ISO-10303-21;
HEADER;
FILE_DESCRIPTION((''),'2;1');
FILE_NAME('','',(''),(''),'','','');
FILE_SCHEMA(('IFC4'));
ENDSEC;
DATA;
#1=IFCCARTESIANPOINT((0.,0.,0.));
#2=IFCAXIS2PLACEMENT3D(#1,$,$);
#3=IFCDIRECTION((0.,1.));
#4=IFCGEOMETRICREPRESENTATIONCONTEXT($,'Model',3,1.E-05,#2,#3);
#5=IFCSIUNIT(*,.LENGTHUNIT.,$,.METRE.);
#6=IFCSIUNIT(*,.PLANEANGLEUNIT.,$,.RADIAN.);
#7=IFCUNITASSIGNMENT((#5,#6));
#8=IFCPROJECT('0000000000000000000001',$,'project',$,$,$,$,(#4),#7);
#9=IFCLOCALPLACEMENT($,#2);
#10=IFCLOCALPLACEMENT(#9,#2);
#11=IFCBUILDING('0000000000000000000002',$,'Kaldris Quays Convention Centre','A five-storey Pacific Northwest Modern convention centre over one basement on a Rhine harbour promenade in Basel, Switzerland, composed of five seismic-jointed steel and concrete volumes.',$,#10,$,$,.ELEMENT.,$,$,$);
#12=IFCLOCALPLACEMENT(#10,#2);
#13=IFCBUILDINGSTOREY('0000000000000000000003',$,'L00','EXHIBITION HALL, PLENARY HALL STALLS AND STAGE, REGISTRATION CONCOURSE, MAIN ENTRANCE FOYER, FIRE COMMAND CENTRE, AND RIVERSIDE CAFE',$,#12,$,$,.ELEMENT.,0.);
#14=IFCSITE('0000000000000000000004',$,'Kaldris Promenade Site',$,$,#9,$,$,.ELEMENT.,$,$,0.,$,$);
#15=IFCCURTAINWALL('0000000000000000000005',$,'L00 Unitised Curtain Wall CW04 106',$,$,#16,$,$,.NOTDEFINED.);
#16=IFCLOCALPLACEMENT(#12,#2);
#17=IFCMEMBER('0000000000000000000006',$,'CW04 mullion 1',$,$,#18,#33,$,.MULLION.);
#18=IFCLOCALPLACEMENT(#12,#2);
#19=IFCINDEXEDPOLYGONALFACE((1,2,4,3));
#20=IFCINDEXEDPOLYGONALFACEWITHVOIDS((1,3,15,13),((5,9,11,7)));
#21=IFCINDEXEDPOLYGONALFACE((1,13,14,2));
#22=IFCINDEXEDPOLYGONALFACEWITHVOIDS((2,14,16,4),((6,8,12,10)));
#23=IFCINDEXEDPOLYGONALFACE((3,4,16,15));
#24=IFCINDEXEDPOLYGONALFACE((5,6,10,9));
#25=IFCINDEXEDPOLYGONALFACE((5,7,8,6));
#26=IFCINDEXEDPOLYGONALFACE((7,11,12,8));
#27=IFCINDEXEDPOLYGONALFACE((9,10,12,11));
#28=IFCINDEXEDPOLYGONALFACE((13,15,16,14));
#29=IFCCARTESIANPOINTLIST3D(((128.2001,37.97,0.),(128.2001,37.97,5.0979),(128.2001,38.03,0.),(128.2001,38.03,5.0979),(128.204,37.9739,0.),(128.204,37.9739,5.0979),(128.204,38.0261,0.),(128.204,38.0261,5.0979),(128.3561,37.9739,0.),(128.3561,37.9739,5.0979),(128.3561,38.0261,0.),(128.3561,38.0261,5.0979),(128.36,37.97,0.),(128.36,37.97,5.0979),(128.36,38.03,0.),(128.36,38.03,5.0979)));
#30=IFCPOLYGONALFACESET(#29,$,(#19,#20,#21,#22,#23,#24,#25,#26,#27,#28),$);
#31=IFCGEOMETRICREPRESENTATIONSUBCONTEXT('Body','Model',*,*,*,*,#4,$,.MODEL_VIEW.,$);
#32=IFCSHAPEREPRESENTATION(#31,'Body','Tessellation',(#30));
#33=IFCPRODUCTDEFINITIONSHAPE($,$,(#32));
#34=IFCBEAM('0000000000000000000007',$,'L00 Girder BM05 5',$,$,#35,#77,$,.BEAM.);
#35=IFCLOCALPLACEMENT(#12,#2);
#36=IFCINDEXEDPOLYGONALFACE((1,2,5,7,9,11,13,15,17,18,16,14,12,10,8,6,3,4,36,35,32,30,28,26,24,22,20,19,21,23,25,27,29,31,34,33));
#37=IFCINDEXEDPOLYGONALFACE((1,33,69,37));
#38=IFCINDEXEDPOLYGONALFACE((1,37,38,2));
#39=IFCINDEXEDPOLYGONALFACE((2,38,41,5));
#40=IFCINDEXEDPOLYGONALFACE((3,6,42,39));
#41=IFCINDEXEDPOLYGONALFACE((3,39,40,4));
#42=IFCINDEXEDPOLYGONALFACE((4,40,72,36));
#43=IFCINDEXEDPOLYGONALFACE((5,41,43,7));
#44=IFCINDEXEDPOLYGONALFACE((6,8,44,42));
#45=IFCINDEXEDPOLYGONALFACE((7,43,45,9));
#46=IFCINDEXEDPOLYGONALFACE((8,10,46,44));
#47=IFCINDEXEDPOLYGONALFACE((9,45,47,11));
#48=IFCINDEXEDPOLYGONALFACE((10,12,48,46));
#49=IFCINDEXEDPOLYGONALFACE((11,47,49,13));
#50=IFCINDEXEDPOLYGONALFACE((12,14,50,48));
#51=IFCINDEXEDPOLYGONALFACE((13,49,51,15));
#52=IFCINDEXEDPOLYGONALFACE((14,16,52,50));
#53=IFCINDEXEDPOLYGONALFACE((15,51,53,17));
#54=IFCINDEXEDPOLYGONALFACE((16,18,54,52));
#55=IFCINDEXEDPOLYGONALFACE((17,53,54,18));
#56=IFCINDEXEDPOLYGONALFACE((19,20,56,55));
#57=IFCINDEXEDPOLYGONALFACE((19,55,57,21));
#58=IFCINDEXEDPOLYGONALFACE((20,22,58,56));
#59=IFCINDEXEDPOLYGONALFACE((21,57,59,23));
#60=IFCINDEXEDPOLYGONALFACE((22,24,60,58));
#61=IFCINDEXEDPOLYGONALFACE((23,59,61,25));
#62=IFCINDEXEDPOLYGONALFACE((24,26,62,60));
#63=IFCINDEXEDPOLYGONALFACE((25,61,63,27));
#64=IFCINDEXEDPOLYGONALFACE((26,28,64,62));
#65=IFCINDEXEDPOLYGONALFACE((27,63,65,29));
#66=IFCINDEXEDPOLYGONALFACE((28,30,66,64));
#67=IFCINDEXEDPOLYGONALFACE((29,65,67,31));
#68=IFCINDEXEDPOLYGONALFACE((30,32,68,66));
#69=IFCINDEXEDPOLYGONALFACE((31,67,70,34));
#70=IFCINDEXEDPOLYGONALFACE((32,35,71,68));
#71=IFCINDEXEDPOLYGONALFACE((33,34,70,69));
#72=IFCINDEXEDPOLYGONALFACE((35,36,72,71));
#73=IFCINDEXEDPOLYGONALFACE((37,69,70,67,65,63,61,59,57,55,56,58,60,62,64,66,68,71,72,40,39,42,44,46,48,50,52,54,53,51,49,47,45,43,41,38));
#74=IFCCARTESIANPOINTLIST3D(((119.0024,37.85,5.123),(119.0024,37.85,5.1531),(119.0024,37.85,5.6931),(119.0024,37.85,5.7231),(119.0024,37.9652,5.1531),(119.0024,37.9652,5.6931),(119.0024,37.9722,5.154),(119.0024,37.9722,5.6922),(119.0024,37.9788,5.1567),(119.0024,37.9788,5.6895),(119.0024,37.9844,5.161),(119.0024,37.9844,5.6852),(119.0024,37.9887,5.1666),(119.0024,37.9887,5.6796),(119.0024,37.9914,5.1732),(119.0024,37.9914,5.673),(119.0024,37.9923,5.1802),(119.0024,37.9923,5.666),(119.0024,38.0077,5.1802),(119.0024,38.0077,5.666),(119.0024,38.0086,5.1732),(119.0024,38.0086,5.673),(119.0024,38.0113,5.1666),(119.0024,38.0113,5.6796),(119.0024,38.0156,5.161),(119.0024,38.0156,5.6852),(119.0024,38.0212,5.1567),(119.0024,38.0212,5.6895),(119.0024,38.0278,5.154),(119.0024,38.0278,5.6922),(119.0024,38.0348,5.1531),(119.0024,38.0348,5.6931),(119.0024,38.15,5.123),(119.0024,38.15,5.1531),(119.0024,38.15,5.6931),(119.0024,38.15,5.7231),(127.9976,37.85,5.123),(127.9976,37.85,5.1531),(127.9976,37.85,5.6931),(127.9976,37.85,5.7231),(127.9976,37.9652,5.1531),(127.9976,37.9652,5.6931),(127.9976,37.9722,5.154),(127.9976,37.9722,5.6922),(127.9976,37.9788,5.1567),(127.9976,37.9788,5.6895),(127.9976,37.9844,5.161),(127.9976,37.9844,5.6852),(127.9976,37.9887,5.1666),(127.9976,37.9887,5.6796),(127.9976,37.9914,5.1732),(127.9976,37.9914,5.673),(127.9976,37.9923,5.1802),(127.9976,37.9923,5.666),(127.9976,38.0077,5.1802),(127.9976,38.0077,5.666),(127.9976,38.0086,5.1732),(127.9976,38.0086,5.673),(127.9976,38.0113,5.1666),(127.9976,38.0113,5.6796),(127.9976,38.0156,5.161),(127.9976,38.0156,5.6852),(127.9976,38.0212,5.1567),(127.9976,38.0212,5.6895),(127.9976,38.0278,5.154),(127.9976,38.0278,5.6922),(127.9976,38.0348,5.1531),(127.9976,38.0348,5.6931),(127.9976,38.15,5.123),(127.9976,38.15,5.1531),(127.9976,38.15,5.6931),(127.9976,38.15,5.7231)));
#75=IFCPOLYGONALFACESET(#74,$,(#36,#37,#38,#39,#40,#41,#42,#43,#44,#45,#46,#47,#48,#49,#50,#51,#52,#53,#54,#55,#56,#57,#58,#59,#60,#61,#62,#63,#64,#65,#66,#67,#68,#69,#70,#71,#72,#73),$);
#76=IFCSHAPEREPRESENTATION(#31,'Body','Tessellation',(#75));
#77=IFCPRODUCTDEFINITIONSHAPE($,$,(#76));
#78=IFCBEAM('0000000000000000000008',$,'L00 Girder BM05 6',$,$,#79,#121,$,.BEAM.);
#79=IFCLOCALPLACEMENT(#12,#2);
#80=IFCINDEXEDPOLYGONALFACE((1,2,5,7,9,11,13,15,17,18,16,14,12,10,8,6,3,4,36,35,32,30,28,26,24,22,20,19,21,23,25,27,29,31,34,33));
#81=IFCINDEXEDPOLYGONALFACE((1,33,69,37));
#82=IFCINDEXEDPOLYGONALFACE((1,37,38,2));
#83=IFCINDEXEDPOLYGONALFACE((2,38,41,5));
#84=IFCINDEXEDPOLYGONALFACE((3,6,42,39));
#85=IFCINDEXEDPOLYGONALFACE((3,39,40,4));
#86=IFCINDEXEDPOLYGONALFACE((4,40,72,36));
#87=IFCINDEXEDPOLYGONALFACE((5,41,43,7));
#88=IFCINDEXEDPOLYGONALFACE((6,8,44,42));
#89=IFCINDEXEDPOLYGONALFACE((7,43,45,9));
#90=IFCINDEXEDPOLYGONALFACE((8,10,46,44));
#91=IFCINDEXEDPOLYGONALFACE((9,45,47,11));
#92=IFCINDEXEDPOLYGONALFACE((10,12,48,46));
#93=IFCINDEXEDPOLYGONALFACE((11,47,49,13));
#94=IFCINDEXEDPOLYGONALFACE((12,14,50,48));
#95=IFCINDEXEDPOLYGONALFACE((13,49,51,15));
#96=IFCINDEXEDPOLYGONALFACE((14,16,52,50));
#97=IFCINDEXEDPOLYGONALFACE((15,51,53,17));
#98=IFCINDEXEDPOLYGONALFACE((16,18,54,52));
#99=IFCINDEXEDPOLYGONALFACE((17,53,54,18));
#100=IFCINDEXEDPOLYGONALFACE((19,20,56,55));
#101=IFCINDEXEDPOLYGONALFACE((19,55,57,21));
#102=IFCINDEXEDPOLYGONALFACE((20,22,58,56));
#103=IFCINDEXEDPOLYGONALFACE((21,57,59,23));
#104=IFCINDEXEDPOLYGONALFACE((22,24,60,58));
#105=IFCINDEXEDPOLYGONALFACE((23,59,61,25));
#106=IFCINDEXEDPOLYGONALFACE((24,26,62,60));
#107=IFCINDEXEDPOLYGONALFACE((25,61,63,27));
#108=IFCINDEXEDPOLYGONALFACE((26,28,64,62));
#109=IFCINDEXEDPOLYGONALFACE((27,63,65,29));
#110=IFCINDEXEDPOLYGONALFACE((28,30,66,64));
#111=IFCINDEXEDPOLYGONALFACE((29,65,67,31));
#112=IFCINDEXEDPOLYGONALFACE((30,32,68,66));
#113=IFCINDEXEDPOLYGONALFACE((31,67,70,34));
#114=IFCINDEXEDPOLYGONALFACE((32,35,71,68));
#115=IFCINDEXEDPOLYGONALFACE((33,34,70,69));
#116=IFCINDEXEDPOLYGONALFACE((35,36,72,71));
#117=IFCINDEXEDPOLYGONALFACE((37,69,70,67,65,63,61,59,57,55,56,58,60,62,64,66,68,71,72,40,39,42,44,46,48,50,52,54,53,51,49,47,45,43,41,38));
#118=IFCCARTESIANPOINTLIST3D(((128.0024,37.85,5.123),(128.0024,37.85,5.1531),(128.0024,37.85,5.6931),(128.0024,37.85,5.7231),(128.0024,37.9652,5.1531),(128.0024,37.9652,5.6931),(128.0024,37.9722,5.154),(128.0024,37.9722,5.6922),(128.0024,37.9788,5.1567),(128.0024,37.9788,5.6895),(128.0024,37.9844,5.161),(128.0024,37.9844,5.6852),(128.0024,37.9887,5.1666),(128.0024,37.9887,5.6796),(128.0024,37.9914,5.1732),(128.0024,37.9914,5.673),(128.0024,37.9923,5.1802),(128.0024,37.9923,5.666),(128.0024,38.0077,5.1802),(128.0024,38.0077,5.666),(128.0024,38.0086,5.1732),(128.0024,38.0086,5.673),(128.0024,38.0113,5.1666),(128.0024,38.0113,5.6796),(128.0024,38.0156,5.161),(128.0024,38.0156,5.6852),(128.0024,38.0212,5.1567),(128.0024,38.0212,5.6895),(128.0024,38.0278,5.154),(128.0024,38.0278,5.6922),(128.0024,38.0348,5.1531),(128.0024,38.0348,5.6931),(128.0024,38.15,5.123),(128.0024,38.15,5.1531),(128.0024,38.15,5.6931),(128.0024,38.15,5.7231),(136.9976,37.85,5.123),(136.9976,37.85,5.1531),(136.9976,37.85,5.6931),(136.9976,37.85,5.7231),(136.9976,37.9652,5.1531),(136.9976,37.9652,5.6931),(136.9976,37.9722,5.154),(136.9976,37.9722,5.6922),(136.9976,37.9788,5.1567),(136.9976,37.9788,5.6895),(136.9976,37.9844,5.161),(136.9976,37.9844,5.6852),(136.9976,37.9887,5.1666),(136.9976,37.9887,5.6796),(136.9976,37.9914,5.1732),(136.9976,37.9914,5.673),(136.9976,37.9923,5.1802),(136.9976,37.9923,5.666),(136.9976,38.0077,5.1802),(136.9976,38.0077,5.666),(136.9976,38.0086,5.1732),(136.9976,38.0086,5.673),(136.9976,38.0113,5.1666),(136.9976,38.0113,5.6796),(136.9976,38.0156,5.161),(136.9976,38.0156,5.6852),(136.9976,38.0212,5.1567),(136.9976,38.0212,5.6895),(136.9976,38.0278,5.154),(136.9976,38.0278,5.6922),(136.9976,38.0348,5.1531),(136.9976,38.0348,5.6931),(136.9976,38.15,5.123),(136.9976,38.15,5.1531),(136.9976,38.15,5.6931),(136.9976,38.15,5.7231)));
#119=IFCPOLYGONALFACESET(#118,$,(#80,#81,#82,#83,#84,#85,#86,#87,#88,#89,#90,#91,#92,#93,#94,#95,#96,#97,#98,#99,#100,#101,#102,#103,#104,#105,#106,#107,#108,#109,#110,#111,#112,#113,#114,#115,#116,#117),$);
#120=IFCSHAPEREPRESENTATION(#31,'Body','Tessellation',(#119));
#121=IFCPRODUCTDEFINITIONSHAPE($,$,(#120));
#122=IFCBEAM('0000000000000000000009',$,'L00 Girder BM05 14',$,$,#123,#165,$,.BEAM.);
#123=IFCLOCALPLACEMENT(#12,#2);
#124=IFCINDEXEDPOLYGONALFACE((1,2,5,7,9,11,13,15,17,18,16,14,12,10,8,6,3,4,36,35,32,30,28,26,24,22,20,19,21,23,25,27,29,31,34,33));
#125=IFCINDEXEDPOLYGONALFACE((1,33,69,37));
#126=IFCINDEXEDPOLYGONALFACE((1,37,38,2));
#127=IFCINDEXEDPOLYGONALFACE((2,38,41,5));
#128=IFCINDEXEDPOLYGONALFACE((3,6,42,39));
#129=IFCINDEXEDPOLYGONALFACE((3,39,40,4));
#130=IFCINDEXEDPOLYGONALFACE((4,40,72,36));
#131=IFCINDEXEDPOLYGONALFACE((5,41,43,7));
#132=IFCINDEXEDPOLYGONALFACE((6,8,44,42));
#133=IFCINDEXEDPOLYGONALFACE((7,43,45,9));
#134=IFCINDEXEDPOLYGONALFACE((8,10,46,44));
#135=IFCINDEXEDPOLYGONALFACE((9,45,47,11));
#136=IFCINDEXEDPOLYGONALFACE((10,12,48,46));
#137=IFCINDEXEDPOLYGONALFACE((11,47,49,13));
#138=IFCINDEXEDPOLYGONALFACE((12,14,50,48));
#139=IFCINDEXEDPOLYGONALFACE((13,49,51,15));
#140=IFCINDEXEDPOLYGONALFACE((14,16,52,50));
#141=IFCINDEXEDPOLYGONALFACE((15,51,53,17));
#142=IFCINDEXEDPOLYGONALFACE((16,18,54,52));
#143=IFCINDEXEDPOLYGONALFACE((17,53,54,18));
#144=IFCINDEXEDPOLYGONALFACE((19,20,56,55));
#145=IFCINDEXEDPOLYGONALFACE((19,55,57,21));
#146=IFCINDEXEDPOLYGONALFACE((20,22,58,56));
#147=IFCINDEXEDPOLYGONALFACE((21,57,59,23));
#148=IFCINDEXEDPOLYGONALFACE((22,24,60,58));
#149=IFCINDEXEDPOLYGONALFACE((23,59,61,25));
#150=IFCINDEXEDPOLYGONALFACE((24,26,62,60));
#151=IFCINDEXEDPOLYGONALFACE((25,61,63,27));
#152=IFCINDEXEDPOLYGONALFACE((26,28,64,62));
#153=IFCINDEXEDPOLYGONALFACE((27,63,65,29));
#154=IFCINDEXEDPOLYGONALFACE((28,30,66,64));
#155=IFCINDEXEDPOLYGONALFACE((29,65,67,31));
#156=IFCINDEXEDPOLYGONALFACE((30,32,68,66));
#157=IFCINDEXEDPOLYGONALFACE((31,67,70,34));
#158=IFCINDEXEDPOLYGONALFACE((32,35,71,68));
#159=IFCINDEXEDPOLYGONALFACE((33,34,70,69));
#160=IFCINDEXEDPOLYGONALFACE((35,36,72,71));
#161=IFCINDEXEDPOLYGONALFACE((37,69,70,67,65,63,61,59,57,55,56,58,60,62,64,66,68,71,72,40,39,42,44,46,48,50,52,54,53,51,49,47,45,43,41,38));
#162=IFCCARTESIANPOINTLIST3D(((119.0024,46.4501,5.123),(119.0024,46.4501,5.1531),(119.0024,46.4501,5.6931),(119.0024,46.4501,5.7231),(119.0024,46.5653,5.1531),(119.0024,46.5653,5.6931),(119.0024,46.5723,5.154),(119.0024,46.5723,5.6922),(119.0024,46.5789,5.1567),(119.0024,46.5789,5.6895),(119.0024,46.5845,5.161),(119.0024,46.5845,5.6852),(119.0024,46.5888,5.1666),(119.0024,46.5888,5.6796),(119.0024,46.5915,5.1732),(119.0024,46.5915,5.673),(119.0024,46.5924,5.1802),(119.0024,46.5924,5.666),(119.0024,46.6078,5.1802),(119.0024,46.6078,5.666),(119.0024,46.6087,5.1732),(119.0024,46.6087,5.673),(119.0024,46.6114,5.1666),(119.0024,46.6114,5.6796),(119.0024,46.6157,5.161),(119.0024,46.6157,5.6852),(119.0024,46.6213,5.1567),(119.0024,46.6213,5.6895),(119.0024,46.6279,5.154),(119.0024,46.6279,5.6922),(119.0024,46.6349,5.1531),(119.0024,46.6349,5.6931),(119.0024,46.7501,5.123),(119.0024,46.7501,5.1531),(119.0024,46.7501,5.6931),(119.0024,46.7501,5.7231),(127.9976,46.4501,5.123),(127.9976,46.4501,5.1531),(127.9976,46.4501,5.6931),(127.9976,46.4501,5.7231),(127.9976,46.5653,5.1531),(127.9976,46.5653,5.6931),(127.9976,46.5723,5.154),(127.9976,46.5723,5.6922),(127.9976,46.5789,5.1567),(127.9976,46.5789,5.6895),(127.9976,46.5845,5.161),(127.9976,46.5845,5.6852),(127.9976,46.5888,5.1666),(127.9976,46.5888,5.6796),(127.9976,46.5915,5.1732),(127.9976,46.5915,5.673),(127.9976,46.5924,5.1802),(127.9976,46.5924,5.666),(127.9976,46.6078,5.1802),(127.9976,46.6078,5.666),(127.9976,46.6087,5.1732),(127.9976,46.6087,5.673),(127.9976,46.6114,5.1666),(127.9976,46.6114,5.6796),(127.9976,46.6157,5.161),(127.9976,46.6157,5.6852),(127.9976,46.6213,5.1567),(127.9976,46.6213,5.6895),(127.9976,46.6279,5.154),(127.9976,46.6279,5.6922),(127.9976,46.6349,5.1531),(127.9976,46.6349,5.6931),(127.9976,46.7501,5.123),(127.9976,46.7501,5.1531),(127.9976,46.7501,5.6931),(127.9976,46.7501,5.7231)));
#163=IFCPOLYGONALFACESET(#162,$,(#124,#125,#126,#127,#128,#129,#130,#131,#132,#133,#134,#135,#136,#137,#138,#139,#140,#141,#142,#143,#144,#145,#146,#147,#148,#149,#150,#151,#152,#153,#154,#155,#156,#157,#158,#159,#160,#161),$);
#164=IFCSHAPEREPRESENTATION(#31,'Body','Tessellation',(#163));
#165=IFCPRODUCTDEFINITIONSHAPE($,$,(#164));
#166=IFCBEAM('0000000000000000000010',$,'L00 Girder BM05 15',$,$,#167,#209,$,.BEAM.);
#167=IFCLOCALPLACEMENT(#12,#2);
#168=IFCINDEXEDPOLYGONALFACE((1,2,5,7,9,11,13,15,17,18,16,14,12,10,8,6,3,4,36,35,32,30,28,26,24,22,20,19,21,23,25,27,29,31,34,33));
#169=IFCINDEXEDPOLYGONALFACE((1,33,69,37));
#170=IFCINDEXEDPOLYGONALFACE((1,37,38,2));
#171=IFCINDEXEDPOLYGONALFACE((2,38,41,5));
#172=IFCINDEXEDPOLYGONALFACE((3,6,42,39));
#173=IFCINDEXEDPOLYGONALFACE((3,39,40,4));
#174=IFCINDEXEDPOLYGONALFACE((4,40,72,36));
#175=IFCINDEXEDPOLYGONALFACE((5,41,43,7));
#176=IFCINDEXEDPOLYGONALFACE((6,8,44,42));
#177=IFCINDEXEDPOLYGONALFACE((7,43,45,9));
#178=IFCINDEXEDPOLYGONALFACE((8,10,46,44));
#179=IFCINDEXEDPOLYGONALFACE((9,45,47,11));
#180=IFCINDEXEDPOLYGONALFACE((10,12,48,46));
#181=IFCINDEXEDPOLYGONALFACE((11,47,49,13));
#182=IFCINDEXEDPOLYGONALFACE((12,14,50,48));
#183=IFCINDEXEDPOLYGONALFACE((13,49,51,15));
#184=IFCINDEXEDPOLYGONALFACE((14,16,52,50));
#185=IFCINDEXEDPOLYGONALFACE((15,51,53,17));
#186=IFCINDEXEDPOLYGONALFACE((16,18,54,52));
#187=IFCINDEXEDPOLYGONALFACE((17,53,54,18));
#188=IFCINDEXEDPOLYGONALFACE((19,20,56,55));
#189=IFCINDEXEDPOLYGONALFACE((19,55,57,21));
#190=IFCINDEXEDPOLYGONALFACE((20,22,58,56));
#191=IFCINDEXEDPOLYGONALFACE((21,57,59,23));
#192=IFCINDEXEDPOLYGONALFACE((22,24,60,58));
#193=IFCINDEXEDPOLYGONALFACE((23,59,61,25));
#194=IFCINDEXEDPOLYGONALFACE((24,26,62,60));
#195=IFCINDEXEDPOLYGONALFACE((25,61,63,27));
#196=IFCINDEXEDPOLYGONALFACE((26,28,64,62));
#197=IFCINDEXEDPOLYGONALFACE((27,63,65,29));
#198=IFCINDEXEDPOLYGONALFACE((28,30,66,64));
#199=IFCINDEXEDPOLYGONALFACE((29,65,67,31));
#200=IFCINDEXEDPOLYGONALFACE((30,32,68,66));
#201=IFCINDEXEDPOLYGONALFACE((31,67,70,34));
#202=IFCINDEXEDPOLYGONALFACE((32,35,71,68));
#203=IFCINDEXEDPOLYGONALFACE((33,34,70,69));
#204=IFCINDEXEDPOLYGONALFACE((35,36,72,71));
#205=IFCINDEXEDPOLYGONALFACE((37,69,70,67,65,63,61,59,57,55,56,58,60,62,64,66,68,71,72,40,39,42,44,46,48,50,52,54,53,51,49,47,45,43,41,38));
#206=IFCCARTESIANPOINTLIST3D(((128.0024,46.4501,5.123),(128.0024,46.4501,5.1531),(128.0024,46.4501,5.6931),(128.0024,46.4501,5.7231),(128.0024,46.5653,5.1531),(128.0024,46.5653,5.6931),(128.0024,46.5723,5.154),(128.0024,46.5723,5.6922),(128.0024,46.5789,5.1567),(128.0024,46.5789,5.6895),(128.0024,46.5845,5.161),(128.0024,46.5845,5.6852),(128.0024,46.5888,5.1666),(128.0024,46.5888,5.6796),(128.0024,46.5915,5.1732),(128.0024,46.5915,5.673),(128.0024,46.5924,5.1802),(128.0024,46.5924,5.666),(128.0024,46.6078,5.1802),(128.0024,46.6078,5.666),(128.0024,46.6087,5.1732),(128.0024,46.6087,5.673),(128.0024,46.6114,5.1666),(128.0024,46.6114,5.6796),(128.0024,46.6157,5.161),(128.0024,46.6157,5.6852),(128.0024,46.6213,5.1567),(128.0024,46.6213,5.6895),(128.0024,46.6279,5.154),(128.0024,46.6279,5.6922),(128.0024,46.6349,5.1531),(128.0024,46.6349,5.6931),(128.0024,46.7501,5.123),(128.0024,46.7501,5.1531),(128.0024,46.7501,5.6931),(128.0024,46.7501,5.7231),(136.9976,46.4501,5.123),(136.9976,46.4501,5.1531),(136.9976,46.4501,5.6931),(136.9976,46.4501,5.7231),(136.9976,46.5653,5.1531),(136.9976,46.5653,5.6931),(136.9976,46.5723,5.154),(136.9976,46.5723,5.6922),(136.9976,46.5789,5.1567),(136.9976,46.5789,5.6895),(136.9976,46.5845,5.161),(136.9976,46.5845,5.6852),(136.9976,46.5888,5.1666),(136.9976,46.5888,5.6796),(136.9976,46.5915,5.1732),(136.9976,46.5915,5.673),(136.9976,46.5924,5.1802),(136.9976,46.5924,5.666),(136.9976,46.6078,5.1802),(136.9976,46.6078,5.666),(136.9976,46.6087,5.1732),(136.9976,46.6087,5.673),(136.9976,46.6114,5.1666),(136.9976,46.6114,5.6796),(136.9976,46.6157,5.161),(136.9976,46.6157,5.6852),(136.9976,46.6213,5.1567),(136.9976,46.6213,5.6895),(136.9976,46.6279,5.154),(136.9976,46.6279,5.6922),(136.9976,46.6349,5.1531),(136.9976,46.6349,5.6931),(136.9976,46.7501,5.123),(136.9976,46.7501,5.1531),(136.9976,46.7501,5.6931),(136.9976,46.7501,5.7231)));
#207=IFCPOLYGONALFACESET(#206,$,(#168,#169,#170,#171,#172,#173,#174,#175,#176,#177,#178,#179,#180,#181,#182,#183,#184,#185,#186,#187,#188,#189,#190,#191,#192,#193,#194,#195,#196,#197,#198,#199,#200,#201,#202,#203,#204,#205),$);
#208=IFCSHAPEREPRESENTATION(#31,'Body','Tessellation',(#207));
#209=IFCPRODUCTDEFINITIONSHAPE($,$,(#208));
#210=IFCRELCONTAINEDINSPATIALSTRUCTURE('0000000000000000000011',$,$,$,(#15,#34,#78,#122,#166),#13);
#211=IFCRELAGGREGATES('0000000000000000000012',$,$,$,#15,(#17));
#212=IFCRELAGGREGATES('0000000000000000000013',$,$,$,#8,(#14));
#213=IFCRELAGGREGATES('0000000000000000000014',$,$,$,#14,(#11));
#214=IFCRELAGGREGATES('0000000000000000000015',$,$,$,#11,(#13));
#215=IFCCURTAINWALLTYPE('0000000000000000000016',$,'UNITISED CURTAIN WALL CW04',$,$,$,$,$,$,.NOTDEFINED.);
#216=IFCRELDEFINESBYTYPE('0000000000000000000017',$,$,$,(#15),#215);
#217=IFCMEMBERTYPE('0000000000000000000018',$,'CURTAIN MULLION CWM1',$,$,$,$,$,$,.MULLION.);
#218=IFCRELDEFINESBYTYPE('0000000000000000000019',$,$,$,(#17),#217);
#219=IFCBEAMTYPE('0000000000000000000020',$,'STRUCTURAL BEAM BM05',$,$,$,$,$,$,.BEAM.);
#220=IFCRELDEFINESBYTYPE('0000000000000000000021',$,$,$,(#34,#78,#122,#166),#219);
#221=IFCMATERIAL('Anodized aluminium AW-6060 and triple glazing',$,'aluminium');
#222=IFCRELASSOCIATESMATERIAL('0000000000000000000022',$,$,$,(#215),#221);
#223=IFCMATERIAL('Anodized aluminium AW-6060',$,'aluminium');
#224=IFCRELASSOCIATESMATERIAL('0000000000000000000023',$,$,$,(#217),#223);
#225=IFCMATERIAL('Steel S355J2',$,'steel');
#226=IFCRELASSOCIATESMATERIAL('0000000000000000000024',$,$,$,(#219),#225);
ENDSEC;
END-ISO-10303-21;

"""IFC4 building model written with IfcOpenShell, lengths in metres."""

from ifc_helpers import new_model, si_unit, direction, frame, origin, origin_2d, place, context, subcontext, project, spatial, hollow_rectangle, i_section, extrude, material, material_profile, profile_set, type_object, element, aggregate, save


model = new_model("IFC4")

# Units and contexts
model_context = context("Model", 3, precision=1e-05, world=origin(), true_north=direction((0.0, 1.0)))
body_context = subcontext(model_context, "Body", "Model", "MODEL_VIEW")
ifc_project = project(units=[si_unit("LENGTHUNIT", "METRE"), si_unit("PLANEANGLEUNIT", "RADIAN")], contexts=[model_context])

# Site, building, storey
site_placement = place(None, origin())
site = spatial("IfcSite", under=ifc_project, at=site_placement, Name="Kaldris Promenade Site", CompositionType="ELEMENT", RefElevation=0.0)
building_placement = place(site_placement, origin())
building = spatial("IfcBuilding", under=site, at=building_placement, Name="Kaldris Quays Convention Centre", Description="A five-storey Pacific Northwest Modern convention centre over one basement on a Rhine harbour promenade in Basel, Switzerland, composed of five seismic-jointed steel and concrete volumes.", CompositionType="ELEMENT")
storey_placement = place(building_placement, origin())
storey = spatial("IfcBuildingStorey", under=building, at=storey_placement, Name="L00", Description="EXHIBITION HALL, PLENARY HALL STALLS AND STAGE, REGISTRATION CONCOURSE, MAIN ENTRANCE FOYER, FIRE COMMAND CENTRE, AND RIVERSIDE CAFE", CompositionType="ELEMENT", Elevation=0.0)

# Shared definitions
ifc_material_1 = material(Name="Steel S355J2", Category="steel")

# Curtain wall, member
ifc_material_2 = material(Name="Anodized aluminium AW-6060 and triple glazing", Category="aluminium")
curtain_wall_type = type_object("IfcCurtainWallType", Name="UNITISED CURTAIN WALL CW04", PredefinedType="NOTDEFINED", material=ifc_material_2)
ifc_material_3 = material(Name="Anodized aluminium AW-6060", Category="aluminium")
ifc_material_profile_1 = material_profile(ifc_material_3, hollow_rectangle(XDim=0.0601, YDim=0.1599, WallThickness=0.0039, at=origin_2d()), Name="RHS 160x60x4")
ifc_profile_set_1 = profile_set([ifc_material_profile_1], Name="Anodized aluminium AW-6060")
member_type = type_object("IfcMemberType", Name="CURTAIN MULLION CWM1", PredefinedType="MULLION", material=ifc_profile_set_1)
curtain_wall_1_placement = place(storey_placement, origin())
curtain_wall_1 = element("IfcCurtainWall", 1, at=curtain_wall_1_placement, inside=storey, type_object=curtain_wall_type, Name="L00 Unitised Curtain Wall CW04 106", PredefinedType="NOTDEFINED")
member_1_placement = place(storey_placement, frame((128.28, 38.0, 0.0), z_axis=(0.0, 0.0, 1.0), x_axis=(0.0, 1.0, 0.0)))
member_1 = element("IfcMember", 2, at=member_1_placement, type_object=member_type, Name="CW04 mullion 1", PredefinedType="MULLION", context=body_context, shape_type="SweptSolid", body=[
    extrude(hollow_rectangle(XDim=0.0601, YDim=0.1599, WallThickness=0.0039, at=origin_2d()), origin(), (0.0, 0.0, 1.0), 5.0979),
])
aggregate(curtain_wall_1, [member_1])

# Beams
ifc_material_profile_2 = material_profile(ifc_material_1, i_section(OverallWidth=0.3, OverallDepth=0.6001, WebThickness=0.0154, FlangeThickness=0.03, FilletRadius=0.0271, at=origin_2d()), Name="HEB 600")
ifc_profile_set_2 = profile_set([ifc_material_profile_2], Name="Steel S355J2")
beam_type_1 = type_object("IfcBeamType", Name="STRUCTURAL BEAM BM05", PredefinedType="BEAM", material=ifc_profile_set_2)
for number, where, z_axis, x_axis, name in (
    (3, (119.0024, 38.0, 5.4231), (1.0, 0.0, 0.0), (0.0, 1.0, 0.0), "L00 Girder BM05 5"),
    (4, (128.0024, 38.0, 5.4231), (1.0, 0.0, 0.0), (0.0, 1.0, 0.0), "L00 Girder BM05 6"),
    (5, (119.0024, 46.6001, 5.4231), (1.0, 0.0, 0.0), (0.0, 1.0, 0.0), "L00 Girder BM05 14"),
    (6, (128.0024, 46.6001, 5.4231), (1.0, 0.0, 0.0), (0.0, 1.0, 0.0), "L00 Girder BM05 15"),
):
    element("IfcBeam", number, at=place(storey_placement, frame(where, z_axis=z_axis, x_axis=x_axis)), inside=storey, type_object=beam_type_1, Name=name, PredefinedType="BEAM", context=body_context, shape_type="SweptSolid", body=[
        extrude(i_section(OverallWidth=0.3, OverallDepth=0.6001, WebThickness=0.0154, FlangeThickness=0.03, FilletRadius=0.0271, at=origin_2d()), origin(), (0.0, 0.0, 1.0), 8.9951),
    ])

save(model, "model.ifc")
